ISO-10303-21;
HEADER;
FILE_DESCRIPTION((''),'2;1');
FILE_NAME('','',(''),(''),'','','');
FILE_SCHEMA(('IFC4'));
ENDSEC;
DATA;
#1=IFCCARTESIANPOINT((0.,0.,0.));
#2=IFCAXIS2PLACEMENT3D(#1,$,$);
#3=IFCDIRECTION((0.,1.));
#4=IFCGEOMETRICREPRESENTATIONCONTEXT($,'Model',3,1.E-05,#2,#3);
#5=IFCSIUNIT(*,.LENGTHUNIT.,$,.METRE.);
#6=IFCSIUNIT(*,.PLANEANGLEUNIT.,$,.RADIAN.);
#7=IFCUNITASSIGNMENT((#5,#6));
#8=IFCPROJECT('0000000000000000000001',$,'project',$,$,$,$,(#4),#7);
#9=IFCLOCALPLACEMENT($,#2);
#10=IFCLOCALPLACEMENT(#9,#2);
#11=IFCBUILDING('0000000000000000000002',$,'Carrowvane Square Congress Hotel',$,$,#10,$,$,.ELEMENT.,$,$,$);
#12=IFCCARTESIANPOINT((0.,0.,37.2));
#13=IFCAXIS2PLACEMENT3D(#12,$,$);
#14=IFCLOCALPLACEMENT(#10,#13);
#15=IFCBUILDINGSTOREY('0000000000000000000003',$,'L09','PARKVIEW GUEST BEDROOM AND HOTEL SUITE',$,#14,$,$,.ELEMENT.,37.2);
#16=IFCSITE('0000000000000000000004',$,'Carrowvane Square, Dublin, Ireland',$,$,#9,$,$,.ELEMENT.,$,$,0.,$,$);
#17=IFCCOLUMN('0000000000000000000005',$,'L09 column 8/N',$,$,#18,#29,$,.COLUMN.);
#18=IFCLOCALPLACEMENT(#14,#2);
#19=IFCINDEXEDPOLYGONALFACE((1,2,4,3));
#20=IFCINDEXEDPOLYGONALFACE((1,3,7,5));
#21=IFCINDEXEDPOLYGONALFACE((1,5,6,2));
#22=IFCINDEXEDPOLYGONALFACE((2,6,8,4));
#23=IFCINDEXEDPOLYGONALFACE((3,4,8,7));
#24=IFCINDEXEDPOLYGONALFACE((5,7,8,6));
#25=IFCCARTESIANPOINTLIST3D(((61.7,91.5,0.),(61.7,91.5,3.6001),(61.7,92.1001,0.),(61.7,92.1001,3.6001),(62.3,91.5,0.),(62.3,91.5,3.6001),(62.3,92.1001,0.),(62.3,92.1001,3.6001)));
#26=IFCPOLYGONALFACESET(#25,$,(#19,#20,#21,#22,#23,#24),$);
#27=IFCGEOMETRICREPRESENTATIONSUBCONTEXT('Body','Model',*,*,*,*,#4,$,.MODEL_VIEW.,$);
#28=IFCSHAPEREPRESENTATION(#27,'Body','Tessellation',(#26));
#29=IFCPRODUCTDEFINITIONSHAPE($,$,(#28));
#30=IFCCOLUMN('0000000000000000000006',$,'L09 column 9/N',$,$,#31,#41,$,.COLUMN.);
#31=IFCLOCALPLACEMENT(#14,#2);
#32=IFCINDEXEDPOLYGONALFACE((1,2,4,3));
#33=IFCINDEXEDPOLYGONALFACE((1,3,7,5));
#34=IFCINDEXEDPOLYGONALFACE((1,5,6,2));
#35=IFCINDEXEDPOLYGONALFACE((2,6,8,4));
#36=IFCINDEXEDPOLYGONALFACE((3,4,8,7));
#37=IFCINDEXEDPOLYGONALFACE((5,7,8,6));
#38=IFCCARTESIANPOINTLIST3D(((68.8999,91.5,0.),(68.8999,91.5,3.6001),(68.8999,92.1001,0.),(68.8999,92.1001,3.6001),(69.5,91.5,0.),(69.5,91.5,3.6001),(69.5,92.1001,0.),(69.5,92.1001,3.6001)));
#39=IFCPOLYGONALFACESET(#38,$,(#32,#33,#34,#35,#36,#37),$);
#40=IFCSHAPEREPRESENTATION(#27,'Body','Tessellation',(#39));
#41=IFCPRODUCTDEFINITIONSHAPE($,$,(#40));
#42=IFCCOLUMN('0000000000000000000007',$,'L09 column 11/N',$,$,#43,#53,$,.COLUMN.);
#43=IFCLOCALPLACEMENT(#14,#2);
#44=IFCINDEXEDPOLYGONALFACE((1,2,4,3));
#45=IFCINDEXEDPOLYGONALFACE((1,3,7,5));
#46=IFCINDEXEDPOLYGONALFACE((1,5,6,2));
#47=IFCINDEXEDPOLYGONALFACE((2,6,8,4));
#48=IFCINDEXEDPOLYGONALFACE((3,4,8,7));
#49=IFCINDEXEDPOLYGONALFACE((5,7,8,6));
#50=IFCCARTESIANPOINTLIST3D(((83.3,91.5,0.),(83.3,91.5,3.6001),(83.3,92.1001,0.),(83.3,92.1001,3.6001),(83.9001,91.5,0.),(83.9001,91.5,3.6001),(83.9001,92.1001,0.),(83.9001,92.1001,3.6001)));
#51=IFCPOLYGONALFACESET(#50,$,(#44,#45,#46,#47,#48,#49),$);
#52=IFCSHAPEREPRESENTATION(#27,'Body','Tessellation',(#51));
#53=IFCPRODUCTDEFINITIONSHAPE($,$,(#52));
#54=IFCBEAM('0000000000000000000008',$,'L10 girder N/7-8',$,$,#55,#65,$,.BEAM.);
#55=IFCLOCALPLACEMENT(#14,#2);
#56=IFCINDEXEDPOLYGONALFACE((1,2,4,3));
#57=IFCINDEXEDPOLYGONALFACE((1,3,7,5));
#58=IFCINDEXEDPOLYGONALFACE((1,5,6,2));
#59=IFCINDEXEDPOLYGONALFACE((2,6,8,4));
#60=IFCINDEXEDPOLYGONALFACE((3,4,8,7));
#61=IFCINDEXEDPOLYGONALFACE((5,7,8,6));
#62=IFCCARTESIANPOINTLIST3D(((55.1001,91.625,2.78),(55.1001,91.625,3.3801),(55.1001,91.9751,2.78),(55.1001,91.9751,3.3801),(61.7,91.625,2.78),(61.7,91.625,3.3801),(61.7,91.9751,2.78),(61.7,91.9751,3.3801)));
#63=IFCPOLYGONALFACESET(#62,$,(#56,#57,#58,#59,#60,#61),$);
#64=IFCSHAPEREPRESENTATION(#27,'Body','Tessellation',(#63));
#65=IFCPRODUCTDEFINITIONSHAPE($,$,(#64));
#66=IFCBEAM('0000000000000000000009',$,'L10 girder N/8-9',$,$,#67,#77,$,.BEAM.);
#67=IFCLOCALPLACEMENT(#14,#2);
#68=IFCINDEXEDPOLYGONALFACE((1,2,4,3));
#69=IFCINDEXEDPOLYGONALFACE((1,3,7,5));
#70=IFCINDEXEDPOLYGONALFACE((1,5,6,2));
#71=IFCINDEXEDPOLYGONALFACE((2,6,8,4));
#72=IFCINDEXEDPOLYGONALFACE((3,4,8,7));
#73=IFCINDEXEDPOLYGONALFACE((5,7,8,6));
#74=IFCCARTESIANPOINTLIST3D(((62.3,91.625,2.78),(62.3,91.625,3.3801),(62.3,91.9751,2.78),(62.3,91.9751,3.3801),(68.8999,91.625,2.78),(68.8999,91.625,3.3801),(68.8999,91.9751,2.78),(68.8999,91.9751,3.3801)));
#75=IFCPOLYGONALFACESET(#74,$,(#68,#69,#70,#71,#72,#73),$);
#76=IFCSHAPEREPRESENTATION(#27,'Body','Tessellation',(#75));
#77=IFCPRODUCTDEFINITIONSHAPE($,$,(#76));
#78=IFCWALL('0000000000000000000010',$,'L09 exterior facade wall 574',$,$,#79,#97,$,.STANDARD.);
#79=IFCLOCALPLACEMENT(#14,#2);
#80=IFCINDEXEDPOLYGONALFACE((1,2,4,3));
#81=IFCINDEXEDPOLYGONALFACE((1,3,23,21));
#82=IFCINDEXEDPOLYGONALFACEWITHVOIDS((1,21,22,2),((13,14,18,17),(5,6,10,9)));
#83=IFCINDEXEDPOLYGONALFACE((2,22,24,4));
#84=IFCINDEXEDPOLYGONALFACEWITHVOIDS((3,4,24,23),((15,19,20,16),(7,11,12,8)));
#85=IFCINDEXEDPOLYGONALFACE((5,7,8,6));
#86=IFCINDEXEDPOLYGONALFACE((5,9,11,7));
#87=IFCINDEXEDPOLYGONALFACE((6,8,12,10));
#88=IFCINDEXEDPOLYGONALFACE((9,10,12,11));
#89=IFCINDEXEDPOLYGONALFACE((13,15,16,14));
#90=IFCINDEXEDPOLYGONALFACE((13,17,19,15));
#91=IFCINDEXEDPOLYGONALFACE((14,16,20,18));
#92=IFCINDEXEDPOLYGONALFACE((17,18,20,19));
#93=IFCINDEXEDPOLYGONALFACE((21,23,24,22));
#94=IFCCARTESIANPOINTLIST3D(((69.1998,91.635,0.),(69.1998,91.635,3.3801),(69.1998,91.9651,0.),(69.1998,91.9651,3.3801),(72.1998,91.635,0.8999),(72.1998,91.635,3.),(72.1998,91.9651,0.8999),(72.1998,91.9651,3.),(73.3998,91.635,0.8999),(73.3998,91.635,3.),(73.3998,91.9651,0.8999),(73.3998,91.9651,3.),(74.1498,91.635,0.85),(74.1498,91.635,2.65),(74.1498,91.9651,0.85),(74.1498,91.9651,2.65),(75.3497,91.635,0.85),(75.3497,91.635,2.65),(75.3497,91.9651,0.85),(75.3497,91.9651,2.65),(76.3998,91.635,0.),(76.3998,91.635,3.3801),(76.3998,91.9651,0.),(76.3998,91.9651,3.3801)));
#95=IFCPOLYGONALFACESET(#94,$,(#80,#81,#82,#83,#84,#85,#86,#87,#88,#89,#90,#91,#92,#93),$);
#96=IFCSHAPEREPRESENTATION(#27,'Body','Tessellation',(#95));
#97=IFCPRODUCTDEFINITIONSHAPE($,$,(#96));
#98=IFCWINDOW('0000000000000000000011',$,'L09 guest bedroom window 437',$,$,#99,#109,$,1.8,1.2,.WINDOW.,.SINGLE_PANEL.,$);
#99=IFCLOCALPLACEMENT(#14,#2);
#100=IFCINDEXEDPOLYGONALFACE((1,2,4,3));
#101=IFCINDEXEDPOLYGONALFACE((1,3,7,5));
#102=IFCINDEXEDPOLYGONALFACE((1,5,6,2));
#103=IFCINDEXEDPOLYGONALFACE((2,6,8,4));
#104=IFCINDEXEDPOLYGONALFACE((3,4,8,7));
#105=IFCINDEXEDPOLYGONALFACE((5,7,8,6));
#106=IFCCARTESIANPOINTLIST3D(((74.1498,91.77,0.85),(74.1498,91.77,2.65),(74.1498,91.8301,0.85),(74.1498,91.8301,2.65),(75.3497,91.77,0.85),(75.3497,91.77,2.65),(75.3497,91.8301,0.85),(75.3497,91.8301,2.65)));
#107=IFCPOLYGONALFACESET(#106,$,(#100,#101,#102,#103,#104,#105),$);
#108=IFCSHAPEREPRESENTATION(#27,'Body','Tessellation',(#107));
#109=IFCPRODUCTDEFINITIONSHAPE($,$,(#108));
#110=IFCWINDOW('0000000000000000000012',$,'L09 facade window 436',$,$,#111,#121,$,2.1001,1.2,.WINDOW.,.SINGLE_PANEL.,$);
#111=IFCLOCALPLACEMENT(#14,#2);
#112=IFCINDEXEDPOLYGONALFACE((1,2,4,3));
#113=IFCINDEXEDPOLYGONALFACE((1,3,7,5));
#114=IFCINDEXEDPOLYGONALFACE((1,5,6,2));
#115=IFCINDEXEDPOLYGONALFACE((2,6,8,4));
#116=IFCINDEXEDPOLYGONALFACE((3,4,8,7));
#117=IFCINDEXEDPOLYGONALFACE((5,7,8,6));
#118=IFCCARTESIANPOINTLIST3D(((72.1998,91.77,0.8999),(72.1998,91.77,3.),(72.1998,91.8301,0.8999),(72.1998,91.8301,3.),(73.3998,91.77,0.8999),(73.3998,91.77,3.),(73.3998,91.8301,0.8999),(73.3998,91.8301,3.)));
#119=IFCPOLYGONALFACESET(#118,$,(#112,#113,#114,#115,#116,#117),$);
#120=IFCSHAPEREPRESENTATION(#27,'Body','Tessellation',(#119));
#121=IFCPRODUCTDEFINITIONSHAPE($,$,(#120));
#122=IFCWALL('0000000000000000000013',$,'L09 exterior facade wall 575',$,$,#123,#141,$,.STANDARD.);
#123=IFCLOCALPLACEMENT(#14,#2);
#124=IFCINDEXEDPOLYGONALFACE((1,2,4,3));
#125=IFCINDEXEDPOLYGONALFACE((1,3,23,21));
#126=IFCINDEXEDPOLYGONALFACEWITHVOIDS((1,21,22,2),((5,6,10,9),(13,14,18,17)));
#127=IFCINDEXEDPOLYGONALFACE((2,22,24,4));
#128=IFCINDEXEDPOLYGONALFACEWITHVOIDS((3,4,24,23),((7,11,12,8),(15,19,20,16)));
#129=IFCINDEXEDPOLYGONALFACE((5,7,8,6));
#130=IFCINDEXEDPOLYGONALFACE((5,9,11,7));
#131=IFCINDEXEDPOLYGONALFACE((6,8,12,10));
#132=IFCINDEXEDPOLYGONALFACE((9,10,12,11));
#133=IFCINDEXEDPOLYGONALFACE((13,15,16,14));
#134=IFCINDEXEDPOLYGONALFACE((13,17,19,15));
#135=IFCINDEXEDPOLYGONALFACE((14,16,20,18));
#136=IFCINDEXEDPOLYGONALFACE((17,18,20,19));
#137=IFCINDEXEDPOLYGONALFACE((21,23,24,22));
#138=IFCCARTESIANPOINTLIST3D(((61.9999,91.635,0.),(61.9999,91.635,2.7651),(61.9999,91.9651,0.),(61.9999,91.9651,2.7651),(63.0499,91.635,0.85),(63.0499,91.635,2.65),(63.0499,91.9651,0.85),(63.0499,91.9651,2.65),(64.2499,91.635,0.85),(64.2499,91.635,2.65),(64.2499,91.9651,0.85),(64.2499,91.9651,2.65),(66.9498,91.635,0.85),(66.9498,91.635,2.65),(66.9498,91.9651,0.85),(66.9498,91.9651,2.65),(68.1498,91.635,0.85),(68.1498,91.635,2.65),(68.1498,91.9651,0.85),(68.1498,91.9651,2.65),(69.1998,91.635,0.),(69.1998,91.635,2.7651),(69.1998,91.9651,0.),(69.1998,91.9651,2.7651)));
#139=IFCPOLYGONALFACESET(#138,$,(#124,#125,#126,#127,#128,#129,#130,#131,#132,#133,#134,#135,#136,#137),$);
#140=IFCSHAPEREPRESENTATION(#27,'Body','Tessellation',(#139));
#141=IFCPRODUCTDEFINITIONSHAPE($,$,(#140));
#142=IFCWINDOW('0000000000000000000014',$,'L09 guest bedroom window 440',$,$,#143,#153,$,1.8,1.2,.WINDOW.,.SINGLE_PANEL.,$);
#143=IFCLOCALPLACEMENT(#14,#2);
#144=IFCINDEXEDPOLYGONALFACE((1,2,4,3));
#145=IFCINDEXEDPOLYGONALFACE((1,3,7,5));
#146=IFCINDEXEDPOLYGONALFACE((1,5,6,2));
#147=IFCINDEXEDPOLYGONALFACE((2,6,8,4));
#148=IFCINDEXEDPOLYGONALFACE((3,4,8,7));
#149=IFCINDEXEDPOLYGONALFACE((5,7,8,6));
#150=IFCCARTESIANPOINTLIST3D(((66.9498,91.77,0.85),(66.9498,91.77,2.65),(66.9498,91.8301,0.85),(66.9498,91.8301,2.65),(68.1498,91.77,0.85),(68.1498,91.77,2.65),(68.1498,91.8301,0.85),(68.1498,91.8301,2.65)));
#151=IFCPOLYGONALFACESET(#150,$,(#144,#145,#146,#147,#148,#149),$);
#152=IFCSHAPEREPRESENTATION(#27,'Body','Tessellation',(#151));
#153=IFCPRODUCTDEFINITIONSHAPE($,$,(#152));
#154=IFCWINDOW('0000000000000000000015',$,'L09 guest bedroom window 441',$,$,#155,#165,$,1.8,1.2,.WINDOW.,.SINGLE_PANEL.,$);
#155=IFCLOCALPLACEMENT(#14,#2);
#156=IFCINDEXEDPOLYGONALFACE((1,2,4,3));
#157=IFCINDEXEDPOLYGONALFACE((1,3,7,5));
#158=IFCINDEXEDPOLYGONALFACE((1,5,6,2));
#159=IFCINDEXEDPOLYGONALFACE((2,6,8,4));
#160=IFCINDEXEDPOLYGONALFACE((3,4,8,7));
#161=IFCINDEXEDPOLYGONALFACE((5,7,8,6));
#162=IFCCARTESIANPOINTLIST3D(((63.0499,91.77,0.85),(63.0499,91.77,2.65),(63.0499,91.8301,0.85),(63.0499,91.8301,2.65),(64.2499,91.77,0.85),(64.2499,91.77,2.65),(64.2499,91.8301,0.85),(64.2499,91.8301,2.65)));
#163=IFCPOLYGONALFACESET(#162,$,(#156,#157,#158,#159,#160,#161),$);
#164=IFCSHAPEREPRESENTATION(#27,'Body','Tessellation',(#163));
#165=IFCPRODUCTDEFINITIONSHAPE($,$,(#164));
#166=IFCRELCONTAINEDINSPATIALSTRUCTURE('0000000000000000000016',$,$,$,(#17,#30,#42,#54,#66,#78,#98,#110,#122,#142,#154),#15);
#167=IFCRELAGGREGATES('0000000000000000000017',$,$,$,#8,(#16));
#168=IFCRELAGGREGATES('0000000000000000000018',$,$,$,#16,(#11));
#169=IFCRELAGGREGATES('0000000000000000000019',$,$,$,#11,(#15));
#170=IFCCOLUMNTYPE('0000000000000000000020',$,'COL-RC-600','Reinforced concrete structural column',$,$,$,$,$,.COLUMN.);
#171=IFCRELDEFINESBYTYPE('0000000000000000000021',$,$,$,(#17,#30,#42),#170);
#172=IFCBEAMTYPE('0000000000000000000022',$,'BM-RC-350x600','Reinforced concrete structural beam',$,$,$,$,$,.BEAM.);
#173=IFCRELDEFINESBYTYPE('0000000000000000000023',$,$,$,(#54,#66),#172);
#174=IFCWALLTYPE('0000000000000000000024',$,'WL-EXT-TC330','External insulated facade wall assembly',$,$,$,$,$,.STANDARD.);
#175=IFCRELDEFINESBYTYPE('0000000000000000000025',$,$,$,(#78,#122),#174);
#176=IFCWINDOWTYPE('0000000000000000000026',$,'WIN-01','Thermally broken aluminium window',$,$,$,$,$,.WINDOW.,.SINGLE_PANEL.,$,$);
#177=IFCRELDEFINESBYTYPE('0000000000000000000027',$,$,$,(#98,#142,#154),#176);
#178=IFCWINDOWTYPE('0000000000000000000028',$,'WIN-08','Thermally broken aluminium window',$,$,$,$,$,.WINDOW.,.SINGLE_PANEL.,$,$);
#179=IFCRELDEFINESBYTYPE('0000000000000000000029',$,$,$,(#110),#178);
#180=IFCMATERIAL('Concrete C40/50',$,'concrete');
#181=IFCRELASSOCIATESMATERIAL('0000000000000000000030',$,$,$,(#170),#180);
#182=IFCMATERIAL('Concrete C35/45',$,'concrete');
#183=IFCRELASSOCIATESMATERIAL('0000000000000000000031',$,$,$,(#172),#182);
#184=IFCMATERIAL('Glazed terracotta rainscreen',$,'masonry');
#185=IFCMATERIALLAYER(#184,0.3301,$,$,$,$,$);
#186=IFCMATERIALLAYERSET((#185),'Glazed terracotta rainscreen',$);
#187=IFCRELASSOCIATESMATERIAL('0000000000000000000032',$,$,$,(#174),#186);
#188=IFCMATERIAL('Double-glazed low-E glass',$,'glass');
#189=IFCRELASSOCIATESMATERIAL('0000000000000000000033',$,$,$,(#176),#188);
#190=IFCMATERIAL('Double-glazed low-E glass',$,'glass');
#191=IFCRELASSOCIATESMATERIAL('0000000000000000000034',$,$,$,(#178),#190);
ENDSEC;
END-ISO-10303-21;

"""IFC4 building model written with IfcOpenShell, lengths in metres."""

from ifc_helpers import new_model, si_unit, direction, frame, frame_2d, origin, origin_2d, place, context, subcontext, project, spatial, rectangle, extrude, material, layer, layer_set, material_profile, profile_set, type_object, element, fill, save


model = new_model("IFC4")

# Units and contexts
model_context = context("Model", 3, precision=1e-05, world=origin(), true_north=direction((0.0, 1.0)))
body_context = subcontext(model_context, "Body", "Model", "MODEL_VIEW")
ifc_project = project(units=[si_unit("LENGTHUNIT", "METRE"), si_unit("PLANEANGLEUNIT", "RADIAN")], contexts=[model_context])

# Site, building, storey
site_placement = place(None, origin())
site = spatial("IfcSite", under=ifc_project, at=site_placement, Name="Carrowvane Square, Dublin, Ireland", CompositionType="ELEMENT", RefElevation=0.0)
building_placement = place(site_placement, origin())
building = spatial("IfcBuilding", under=site, at=building_placement, Name="Carrowvane Square Congress Hotel", CompositionType="ELEMENT")
storey_placement = place(building_placement, frame((0.0, 0.0, 37.2)))
storey = spatial("IfcBuildingStorey", under=building, at=storey_placement, Name="L09", Description="PARKVIEW GUEST BEDROOM AND HOTEL SUITE", CompositionType="ELEMENT", Elevation=37.2)

# Columns
ifc_material_1 = material(Name="Concrete C40/50", Category="concrete")
ifc_material_profile_1 = material_profile(ifc_material_1, rectangle(XDim=0.6001, YDim=0.6001, at=origin_2d()), Name="RC 600x600")
ifc_profile_set_1 = profile_set([ifc_material_profile_1], Name="Concrete C40/50")
column_type = type_object("IfcColumnType", Name="COL-RC-600", Description="Reinforced concrete structural column", PredefinedType="COLUMN", material=ifc_profile_set_1)
for number, where, z_axis, x_axis, name in (
    (1, (62.0, 91.8, 0.0), (0.0, 0.0, 1.0), (1.0, 0.0, 0.0), "L09 column 8/N"),
    (2, (69.2, 91.8, 0.0), (0.0, 0.0, 1.0), (1.0, 0.0, 0.0), "L09 column 9/N"),
    (3, (83.6001, 91.8, 0.0), (0.0, 0.0, 1.0), (1.0, 0.0, 0.0), "L09 column 11/N"),
):
    element("IfcColumn", number, at=place(storey_placement, frame(where, z_axis=z_axis, x_axis=x_axis)), inside=storey, type_object=column_type, Name=name, PredefinedType="COLUMN", context=body_context, shape_type="SweptSolid", body=[
        extrude(rectangle(XDim=0.6001, YDim=0.6001, at=origin_2d()), origin(), (0.0, 0.0, 1.0), 3.6001),
    ])

# Beams
ifc_material_2 = material(Name="Concrete C35/45", Category="concrete")
ifc_material_profile_2 = material_profile(ifc_material_2, rectangle(XDim=0.3501, YDim=0.6001, at=origin_2d()), Name="RC 350x600")
ifc_profile_set_2 = profile_set([ifc_material_profile_2], Name="Concrete C35/45")
beam_type = type_object("IfcBeamType", Name="BM-RC-350x600", Description="Reinforced concrete structural beam", PredefinedType="BEAM", material=ifc_profile_set_2)
for number, where, z_axis, x_axis, name in (
    (4, (55.1001, 91.8, 3.0801), (1.0, 0.0, 0.0), (0.0, 1.0, 0.0), "L10 girder N/7-8"),
    (5, (62.3, 91.8, 3.0801), (1.0, 0.0, 0.0), (0.0, 1.0, 0.0), "L10 girder N/8-9"),
):
    element("IfcBeam", number, at=place(storey_placement, frame(where, z_axis=z_axis, x_axis=x_axis)), inside=storey, type_object=beam_type, Name=name, PredefinedType="BEAM", context=body_context, shape_type="SweptSolid", body=[
        extrude(rectangle(XDim=0.3501, YDim=0.6001, at=origin_2d()), origin(), (0.0, 0.0, 1.0), 6.5999),
    ])

# Walls, openings, windows
ifc_material_3 = material(Name="Glazed terracotta rainscreen", Category="masonry")
ifc_layer = layer(ifc_material_3, 0.3301)
ifc_layer_set = layer_set([ifc_layer], Name="Glazed terracotta rainscreen")
wall_type = type_object("IfcWallType", Name="WL-EXT-TC330", Description="External insulated facade wall assembly", PredefinedType="STANDARD", material=ifc_layer_set)
wall_1_placement = place(storey_placement, frame((76.3999, 91.8, 0.0), z_axis=(0.0, 0.0, 1.0), x_axis=(-1.0, 0.0, 0.0)))
wall_1 = element("IfcWall", 6, at=wall_1_placement, inside=storey, type_object=wall_type, Name="L09 exterior facade wall 574", PredefinedType="STANDARD", context=body_context, shape_type="SweptSolid", body=[
    extrude(rectangle(XDim=7.2, YDim=0.3301, at=frame_2d((3.6001, 0.0))), origin(), (0.0, 0.0, 1.0), 3.3801),
])
opening_1_placement = place(wall_1_placement, frame((3.0, 0.0, 0.8999)))
opening_1 = element("IfcOpeningElement", 7, at=opening_1_placement, cuts=wall_1, PredefinedType="OPENING", context=body_context, shape_type="SweptSolid", body=[
    extrude(rectangle(XDim=1.2, YDim=2.1001, at=frame_2d((0.6001, 1.05))), frame((0.0, 0.175, 0.0), z_axis=(0.0, -1.0, 0.0), x_axis=(1.0, 0.0, 0.0)), (0.0, 0.0, 1.0), 0.3501),
])
opening_2_placement = place(wall_1_placement, frame((1.05, 0.0, 0.8501)))
opening_2 = element("IfcOpeningElement", 8, at=opening_2_placement, cuts=wall_1, PredefinedType="OPENING", context=body_context, shape_type="SweptSolid", body=[
    extrude(rectangle(XDim=1.2, YDim=1.8, at=frame_2d((0.6001, 0.8999))), frame((0.0, 0.175, 0.0), z_axis=(0.0, -1.0, 0.0), x_axis=(1.0, 0.0, 0.0)), (0.0, 0.0, 1.0), 0.3501),
])
ifc_material_4 = material(Name="Double-glazed low-E glass", Category="glass")
window_type_1 = type_object("IfcWindowType", Name="WIN-01", Description="Thermally broken aluminium window", PartitioningType="SINGLE_PANEL", PredefinedType="WINDOW", material=ifc_material_4)
window_1_placement = place(opening_2_placement, origin())
window_1 = element("IfcWindow", 9, at=window_1_placement, inside=storey, type_object=window_type_1, Name="L09 guest bedroom window 437", OverallHeight=1.8, OverallWidth=1.2, PartitioningType="SINGLE_PANEL", PredefinedType="WINDOW", context=body_context, shape_type="SweptSolid", body=[
    extrude(rectangle(XDim=1.2, YDim=1.8, at=frame_2d((0.6001, 0.8999))), frame((0.0, 0.03, 0.0), z_axis=(0.0, -1.0, 0.0), x_axis=(1.0, 0.0, 0.0)), (0.0, 0.0, 1.0), 0.0601),
])
fill(opening_2, window_1)
ifc_material_5 = material(Name="Double-glazed low-E glass", Category="glass")
window_type_2 = type_object("IfcWindowType", Name="WIN-08", Description="Thermally broken aluminium window", PartitioningType="SINGLE_PANEL", PredefinedType="WINDOW", material=ifc_material_5)
window_2_placement = place(opening_1_placement, origin())
window_2 = element("IfcWindow", 10, at=window_2_placement, inside=storey, type_object=window_type_2, Name="L09 facade window 436", OverallHeight=2.1001, OverallWidth=1.2, PartitioningType="SINGLE_PANEL", PredefinedType="WINDOW", context=body_context, shape_type="SweptSolid", body=[
    extrude(rectangle(XDim=1.2, YDim=2.1001, at=frame_2d((0.6001, 1.05))), frame((0.0, 0.03, 0.0), z_axis=(0.0, -1.0, 0.0), x_axis=(1.0, 0.0, 0.0)), (0.0, 0.0, 1.0), 0.0601),
])
fill(opening_1, window_2)
wall_2_placement = place(storey_placement, frame((69.2, 91.8, 0.0), z_axis=(0.0, 0.0, 1.0), x_axis=(-1.0, 0.0, 0.0)))
wall_2 = element("IfcWall", 11, at=wall_2_placement, inside=storey, type_object=wall_type, Name="L09 exterior facade wall 575", PredefinedType="STANDARD", context=body_context, shape_type="SweptSolid", body=[
    extrude(rectangle(XDim=7.2, YDim=0.3301, at=frame_2d((3.6001, 0.0))), origin(), (0.0, 0.0, 1.0), 2.7651),
])
opening_3_placement = place(wall_2_placement, frame((1.05, 0.0, 0.8501)))
opening_3 = element("IfcOpeningElement", 12, at=opening_3_placement, cuts=wall_2, PredefinedType="OPENING", context=body_context, shape_type="SweptSolid", body=[
    extrude(rectangle(XDim=1.2, YDim=1.8, at=frame_2d((0.6001, 0.8999))), frame((0.0, 0.175, 0.0), z_axis=(0.0, -1.0, 0.0), x_axis=(1.0, 0.0, 0.0)), (0.0, 0.0, 1.0), 0.3501),
])
opening_4_placement = place(wall_2_placement, frame((4.95, 0.0, 0.8501)))
opening_4 = element("IfcOpeningElement", 13, at=opening_4_placement, cuts=wall_2, PredefinedType="OPENING", context=body_context, shape_type="SweptSolid", body=[
    extrude(rectangle(XDim=1.2, YDim=1.8, at=frame_2d((0.6001, 0.8999))), frame((0.0, 0.175, 0.0), z_axis=(0.0, -1.0, 0.0), x_axis=(1.0, 0.0, 0.0)), (0.0, 0.0, 1.0), 0.3501),
])
window_3_placement = place(opening_3_placement, origin())
window_3 = element("IfcWindow", 14, at=window_3_placement, inside=storey, type_object=window_type_1, Name="L09 guest bedroom window 440", OverallHeight=1.8, OverallWidth=1.2, PartitioningType="SINGLE_PANEL", PredefinedType="WINDOW", context=body_context, shape_type="SweptSolid", body=[
    extrude(rectangle(XDim=1.2, YDim=1.8, at=frame_2d((0.6001, 0.8999))), frame((0.0, 0.03, 0.0), z_axis=(0.0, -1.0, 0.0), x_axis=(1.0, 0.0, 0.0)), (0.0, 0.0, 1.0), 0.0601),
])
fill(opening_3, window_3)
window_4_placement = place(opening_4_placement, origin())
window_4 = element("IfcWindow", 15, at=window_4_placement, inside=storey, type_object=window_type_1, Name="L09 guest bedroom window 441", OverallHeight=1.8, OverallWidth=1.2, PartitioningType="SINGLE_PANEL", PredefinedType="WINDOW", context=body_context, shape_type="SweptSolid", body=[
    extrude(rectangle(XDim=1.2, YDim=1.8, at=frame_2d((0.6001, 0.8999))), frame((0.0, 0.03, 0.0), z_axis=(0.0, -1.0, 0.0), x_axis=(1.0, 0.0, 0.0)), (0.0, 0.0, 1.0), 0.0601),
])
fill(opening_4, window_4)

save(model, "model.ifc")
